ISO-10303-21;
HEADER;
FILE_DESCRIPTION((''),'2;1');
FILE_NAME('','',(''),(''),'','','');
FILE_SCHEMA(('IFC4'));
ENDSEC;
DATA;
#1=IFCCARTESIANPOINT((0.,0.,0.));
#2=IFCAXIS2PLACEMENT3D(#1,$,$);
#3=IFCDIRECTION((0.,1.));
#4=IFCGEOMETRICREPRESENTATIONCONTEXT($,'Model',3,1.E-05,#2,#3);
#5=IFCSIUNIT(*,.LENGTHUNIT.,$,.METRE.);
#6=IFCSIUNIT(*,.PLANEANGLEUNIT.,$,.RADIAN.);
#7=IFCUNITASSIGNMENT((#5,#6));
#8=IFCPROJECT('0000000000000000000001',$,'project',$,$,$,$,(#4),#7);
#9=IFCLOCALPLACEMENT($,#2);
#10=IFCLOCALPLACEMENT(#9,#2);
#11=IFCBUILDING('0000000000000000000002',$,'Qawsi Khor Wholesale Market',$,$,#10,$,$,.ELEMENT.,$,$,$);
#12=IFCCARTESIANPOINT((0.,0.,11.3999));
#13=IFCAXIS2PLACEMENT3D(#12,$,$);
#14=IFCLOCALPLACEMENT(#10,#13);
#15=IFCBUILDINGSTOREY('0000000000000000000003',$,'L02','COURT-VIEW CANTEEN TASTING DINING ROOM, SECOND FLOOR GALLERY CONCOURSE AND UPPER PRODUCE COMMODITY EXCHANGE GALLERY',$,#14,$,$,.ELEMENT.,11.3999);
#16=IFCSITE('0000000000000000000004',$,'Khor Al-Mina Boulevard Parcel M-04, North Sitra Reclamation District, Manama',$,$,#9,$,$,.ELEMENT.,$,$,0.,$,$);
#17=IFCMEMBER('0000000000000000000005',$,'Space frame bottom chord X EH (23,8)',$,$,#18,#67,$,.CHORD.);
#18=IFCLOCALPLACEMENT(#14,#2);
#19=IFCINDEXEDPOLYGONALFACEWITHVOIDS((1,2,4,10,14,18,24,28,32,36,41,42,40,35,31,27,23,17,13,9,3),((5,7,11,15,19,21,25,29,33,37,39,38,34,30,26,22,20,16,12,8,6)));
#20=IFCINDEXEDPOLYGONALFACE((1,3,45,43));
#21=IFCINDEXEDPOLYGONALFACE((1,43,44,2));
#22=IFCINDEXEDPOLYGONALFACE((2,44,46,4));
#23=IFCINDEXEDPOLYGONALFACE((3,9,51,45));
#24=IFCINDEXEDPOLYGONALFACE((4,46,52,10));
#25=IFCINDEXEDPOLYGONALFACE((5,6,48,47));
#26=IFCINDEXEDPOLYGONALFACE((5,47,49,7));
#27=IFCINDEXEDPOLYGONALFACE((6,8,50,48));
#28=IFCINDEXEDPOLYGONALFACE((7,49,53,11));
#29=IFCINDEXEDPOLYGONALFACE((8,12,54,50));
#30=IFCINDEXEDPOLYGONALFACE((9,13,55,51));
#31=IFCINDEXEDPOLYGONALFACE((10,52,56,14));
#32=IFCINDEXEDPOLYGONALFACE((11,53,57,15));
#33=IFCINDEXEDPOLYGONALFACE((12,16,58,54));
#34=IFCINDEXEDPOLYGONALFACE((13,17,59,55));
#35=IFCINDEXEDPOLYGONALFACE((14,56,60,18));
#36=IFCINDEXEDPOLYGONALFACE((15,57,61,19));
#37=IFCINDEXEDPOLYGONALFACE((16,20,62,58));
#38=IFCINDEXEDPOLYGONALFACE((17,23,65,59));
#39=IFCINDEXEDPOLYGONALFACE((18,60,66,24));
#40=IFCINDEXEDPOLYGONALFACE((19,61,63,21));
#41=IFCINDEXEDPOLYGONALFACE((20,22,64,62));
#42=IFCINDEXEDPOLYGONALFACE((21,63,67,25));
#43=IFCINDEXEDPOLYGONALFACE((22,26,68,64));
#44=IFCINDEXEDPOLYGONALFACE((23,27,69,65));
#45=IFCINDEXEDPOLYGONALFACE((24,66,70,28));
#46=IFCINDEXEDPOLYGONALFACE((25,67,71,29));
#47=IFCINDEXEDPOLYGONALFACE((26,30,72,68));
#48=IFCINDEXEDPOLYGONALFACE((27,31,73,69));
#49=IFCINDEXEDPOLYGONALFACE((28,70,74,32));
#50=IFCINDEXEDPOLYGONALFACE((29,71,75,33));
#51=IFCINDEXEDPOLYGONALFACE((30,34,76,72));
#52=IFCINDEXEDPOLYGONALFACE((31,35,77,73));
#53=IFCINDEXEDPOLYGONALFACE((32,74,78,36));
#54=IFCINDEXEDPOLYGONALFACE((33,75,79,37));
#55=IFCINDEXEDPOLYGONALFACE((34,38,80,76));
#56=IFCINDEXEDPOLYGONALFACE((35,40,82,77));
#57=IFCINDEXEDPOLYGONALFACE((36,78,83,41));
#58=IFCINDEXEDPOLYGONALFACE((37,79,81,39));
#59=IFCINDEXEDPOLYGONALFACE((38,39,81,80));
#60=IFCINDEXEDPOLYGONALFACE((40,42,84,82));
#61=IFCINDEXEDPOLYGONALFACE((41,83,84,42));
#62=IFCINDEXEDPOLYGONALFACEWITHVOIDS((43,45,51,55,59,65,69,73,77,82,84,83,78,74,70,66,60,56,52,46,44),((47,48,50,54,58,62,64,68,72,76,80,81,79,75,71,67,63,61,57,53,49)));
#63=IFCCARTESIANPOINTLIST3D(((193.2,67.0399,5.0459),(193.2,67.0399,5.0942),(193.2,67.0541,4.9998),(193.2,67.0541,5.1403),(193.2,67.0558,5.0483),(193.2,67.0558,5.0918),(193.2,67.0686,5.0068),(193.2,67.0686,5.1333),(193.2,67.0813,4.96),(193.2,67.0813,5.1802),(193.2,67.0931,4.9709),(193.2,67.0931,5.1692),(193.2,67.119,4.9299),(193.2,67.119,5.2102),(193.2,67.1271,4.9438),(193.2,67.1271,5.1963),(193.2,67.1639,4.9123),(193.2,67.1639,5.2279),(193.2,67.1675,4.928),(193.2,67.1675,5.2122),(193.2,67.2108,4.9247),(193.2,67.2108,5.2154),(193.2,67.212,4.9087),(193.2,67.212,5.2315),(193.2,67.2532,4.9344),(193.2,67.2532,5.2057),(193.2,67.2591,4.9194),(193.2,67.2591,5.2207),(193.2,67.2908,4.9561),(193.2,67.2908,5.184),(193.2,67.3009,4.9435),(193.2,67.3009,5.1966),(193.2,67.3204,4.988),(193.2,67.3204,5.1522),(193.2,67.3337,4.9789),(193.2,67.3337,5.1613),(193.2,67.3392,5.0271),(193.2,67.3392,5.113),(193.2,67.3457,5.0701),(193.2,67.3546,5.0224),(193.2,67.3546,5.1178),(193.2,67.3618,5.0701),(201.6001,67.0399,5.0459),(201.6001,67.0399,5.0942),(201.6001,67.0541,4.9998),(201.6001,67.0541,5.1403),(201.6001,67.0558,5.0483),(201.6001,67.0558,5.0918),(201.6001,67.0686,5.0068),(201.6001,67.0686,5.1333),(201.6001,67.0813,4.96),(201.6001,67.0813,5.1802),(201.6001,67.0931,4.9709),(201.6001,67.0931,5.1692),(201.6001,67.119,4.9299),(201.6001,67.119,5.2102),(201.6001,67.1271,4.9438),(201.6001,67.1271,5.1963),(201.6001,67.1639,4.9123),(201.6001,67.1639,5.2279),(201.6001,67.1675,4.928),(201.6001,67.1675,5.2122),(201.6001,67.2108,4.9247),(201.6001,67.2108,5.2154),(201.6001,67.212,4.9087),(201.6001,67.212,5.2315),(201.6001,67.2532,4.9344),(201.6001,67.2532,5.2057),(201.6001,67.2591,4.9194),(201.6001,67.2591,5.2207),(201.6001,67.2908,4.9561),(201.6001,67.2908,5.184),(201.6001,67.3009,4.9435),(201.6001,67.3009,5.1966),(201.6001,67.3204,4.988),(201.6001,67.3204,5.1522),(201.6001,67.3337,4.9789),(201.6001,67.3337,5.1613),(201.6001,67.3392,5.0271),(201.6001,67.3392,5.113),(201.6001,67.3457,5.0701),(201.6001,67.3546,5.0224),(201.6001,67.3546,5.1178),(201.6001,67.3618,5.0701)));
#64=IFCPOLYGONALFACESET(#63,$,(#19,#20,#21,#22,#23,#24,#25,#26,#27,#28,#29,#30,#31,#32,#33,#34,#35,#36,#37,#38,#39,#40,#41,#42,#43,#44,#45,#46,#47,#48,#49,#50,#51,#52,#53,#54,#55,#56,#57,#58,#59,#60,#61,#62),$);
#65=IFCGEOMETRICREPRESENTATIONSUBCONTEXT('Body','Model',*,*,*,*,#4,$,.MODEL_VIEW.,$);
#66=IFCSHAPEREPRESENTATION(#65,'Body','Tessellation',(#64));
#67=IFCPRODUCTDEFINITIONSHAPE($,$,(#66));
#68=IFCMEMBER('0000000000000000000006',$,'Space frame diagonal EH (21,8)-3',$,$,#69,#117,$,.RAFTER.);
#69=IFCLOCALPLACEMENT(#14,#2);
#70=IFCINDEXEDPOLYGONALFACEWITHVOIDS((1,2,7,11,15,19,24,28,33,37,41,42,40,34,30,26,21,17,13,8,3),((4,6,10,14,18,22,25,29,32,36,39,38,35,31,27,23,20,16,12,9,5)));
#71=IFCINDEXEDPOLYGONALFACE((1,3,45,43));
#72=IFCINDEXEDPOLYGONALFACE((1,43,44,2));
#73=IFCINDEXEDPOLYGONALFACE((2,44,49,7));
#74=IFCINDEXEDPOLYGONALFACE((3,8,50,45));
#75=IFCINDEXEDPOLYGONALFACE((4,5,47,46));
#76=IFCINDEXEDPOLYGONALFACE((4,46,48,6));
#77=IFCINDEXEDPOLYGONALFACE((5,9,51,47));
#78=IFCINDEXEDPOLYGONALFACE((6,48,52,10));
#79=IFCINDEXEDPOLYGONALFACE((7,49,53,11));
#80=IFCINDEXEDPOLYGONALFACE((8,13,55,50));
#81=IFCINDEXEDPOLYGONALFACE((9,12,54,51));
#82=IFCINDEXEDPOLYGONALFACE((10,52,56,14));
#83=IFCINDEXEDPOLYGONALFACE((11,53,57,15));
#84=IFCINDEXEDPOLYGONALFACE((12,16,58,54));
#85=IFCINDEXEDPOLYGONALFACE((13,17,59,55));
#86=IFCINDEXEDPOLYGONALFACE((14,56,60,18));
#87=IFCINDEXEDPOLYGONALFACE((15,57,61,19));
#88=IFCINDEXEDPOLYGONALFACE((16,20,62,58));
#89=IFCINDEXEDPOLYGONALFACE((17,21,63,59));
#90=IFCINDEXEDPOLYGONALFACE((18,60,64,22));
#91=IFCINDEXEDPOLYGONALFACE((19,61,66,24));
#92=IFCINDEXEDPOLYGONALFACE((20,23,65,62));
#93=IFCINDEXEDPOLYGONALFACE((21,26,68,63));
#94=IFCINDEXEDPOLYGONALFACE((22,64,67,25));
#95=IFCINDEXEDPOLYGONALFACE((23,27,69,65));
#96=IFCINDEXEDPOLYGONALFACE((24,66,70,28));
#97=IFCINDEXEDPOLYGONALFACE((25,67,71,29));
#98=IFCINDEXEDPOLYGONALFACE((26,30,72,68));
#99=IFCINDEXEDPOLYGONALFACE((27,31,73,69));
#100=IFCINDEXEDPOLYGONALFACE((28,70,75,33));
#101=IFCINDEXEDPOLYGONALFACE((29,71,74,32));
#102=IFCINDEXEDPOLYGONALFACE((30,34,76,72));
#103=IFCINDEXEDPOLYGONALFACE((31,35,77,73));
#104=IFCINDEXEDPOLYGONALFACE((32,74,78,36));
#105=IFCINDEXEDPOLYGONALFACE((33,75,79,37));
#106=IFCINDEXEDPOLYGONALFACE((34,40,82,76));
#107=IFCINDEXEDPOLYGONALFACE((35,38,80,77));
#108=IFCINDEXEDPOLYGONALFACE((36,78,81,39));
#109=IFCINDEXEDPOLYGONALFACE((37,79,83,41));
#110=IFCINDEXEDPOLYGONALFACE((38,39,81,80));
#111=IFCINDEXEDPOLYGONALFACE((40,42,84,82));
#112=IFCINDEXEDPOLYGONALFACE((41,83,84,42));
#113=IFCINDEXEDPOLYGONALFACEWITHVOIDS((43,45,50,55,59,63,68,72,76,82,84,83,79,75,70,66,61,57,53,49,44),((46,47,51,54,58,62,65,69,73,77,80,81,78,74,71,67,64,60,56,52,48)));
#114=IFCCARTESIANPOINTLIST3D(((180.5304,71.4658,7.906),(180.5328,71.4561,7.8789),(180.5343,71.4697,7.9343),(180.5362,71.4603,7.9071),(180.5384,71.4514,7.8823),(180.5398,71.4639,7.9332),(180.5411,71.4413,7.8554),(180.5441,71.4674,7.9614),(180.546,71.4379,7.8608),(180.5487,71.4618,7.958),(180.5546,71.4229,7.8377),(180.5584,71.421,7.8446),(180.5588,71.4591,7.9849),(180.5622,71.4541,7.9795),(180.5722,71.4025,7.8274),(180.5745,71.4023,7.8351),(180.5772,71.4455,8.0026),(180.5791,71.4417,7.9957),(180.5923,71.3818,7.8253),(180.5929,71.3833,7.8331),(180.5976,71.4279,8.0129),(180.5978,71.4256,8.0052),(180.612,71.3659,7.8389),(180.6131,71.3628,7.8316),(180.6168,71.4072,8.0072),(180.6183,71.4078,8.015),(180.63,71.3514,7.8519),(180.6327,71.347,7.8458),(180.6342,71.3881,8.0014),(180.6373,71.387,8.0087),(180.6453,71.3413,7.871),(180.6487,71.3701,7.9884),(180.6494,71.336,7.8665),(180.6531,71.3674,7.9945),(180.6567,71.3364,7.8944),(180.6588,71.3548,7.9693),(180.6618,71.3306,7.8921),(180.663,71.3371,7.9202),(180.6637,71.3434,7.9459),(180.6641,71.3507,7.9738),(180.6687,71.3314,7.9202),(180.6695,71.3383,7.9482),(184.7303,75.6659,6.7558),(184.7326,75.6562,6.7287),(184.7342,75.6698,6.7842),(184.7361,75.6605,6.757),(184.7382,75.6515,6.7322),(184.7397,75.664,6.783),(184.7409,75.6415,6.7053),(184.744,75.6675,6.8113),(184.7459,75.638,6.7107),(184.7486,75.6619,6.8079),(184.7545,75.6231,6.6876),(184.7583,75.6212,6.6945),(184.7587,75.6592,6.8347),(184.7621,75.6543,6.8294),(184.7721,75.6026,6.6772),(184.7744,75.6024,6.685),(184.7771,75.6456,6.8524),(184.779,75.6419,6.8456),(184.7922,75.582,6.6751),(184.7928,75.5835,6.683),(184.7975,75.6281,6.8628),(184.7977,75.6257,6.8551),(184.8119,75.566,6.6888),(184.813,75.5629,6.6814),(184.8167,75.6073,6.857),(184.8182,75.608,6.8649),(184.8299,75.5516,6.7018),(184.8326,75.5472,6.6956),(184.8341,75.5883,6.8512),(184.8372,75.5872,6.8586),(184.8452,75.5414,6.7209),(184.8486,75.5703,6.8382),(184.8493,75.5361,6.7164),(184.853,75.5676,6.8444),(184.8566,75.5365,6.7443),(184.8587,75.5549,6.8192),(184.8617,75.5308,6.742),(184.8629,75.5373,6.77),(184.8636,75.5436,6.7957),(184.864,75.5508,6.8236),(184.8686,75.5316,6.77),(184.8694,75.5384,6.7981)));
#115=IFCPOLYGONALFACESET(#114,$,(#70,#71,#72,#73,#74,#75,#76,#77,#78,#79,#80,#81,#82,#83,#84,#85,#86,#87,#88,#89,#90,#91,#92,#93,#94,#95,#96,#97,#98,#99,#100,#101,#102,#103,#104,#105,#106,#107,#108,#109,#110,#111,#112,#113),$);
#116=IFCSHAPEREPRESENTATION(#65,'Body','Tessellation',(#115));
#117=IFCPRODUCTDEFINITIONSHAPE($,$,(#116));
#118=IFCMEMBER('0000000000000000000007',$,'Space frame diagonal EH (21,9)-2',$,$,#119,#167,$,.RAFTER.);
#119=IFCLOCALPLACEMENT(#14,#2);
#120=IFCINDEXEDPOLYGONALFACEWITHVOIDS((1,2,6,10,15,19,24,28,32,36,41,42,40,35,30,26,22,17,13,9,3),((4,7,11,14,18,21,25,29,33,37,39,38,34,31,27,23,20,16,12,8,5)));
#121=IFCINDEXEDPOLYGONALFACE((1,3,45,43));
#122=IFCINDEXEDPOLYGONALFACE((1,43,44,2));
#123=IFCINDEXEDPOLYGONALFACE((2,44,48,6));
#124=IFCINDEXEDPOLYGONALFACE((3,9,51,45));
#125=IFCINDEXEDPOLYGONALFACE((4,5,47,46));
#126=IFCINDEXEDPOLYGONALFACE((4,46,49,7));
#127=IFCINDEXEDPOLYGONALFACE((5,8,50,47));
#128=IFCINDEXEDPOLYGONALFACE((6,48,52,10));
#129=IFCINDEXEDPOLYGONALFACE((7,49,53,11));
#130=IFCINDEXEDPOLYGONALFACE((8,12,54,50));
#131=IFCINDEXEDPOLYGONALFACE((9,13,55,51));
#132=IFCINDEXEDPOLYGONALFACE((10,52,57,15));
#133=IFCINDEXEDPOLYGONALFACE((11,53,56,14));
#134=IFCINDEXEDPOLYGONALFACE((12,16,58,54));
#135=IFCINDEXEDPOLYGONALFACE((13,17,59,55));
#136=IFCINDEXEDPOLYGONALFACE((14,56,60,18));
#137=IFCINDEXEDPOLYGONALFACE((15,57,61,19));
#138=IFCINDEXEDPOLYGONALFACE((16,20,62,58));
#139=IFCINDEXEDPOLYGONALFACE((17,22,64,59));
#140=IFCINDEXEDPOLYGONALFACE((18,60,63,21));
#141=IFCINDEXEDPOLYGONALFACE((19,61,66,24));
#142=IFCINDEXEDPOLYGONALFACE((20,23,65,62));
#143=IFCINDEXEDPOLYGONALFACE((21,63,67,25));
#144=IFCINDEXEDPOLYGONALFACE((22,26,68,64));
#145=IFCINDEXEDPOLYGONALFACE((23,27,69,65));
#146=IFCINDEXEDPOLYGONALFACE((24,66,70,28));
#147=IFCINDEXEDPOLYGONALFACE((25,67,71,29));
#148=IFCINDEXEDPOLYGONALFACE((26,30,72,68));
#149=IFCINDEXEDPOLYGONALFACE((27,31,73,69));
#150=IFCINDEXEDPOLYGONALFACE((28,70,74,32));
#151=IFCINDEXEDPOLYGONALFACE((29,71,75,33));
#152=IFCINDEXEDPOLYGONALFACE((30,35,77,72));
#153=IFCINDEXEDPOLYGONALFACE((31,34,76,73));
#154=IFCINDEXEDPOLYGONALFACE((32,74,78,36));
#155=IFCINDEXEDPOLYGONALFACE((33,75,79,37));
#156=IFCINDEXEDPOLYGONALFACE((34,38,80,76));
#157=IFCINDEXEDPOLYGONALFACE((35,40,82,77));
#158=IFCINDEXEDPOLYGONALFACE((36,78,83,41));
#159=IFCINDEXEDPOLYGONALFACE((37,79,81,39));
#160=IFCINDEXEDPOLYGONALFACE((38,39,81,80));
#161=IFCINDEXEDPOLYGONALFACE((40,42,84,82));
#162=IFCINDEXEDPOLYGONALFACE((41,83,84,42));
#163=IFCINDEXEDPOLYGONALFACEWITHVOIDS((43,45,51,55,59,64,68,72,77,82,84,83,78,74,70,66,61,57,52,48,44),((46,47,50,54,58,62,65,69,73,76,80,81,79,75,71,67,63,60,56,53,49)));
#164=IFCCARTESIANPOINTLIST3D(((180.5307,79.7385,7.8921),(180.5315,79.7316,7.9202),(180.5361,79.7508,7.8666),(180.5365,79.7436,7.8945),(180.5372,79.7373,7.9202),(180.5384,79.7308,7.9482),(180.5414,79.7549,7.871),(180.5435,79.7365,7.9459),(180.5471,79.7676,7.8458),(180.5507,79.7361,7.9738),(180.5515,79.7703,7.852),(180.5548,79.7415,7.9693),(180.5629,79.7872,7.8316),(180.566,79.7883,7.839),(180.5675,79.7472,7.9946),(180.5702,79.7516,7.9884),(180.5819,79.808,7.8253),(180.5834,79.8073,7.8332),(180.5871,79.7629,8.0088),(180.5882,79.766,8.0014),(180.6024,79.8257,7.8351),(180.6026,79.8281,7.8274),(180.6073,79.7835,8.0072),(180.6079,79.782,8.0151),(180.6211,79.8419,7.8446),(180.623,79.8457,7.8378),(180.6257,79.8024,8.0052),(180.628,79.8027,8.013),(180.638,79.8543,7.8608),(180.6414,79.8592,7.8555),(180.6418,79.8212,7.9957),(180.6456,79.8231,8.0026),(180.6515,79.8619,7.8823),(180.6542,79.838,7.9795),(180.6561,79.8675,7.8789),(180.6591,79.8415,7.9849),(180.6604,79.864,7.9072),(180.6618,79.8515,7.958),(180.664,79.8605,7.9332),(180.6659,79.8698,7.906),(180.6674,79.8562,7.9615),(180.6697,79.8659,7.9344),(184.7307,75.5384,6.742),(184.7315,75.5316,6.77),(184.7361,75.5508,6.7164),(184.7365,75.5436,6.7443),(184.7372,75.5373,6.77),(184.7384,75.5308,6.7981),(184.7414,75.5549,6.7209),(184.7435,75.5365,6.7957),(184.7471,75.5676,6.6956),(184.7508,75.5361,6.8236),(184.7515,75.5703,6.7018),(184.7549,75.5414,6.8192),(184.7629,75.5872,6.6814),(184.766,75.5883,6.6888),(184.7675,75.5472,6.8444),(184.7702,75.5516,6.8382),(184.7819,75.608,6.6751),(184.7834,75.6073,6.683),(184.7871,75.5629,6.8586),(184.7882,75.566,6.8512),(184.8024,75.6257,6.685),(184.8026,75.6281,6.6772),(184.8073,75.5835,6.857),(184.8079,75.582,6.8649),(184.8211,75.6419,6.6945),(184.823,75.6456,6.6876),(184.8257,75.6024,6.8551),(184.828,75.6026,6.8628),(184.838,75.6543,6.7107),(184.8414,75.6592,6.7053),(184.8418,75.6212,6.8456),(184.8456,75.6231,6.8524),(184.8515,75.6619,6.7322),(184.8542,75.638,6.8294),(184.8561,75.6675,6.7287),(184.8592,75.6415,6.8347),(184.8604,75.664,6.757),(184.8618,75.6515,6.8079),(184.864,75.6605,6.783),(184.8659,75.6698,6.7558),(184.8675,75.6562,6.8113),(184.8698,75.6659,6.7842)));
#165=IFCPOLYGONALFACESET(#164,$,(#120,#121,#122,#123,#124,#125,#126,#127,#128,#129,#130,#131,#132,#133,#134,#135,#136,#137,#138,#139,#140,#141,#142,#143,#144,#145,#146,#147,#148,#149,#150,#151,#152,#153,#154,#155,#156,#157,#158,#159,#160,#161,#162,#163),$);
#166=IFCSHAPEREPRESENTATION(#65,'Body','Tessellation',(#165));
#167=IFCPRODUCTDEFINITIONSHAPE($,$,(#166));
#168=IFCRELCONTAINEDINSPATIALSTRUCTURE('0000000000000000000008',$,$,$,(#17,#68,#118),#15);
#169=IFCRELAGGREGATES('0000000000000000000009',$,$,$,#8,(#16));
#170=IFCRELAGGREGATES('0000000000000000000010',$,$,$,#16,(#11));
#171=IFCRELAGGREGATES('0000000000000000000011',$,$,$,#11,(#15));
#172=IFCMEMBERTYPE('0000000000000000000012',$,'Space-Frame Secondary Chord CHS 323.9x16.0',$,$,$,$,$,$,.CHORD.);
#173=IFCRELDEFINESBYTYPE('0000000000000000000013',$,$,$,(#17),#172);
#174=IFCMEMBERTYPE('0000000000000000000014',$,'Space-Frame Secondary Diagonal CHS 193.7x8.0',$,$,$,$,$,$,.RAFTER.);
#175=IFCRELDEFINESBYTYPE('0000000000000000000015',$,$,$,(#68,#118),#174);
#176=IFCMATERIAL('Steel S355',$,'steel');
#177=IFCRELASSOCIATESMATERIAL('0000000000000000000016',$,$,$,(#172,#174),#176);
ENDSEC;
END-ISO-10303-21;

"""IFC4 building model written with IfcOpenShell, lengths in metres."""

from ifc_helpers import new_model, si_unit, direction, frame, origin, origin_2d, place, context, subcontext, project, spatial, hollow_circle, extrude, material, material_profile, profile_set, type_object, element, save


model = new_model("IFC4")

# Units and contexts
model_context = context("Model", 3, precision=1e-05, world=origin(), true_north=direction((0.0, 1.0)))
body_context = subcontext(model_context, "Body", "Model", "MODEL_VIEW")
ifc_project = project(units=[si_unit("LENGTHUNIT", "METRE"), si_unit("PLANEANGLEUNIT", "RADIAN")], contexts=[model_context])

# Site, building, storey
site_placement = place(None, origin())
site = spatial("IfcSite", under=ifc_project, at=site_placement, Name="Khor Al-Mina Boulevard Parcel M-04, North Sitra Reclamation District, Manama", CompositionType="ELEMENT", RefElevation=0.0)
building_placement = place(site_placement, origin())
building = spatial("IfcBuilding", under=site, at=building_placement, Name="Qawsi Khor Wholesale Market", CompositionType="ELEMENT")
storey_placement = place(building_placement, frame((0.0, 0.0, 11.3999)))
storey = spatial("IfcBuildingStorey", under=building, at=storey_placement, Name="L02", Description="COURT-VIEW CANTEEN TASTING DINING ROOM, SECOND FLOOR GALLERY CONCOURSE AND UPPER PRODUCE COMMODITY EXCHANGE GALLERY", CompositionType="ELEMENT", Elevation=11.3999)

# Members
ifc_material_1 = material(Name="Steel S355", Category="steel")
ifc_material_profile_1 = material_profile(ifc_material_1, hollow_circle(Radius=0.1619, WallThickness=0.0161, at=origin_2d()), Name="CHS 323.9x16.0")
ifc_profile_set_1 = profile_set([ifc_material_profile_1], Name="Steel S355")
member_type_1 = type_object("IfcMemberType", Name="Space-Frame Secondary Chord CHS 323.9x16.0", PredefinedType="CHORD", material=ifc_profile_set_1)
member_1_placement = place(storey_placement, frame((193.2, 67.2, 5.0701), z_axis=(1.0, 0.0, 0.0), x_axis=(0.0, 1.0, 0.0)))
element("IfcMember", 1, at=member_1_placement, inside=storey, type_object=member_type_1, Name="Space frame bottom chord X EH (23,8)", PredefinedType="CHORD", context=body_context, shape_type="SweptSolid", body=[
    extrude(hollow_circle(Radius=0.1619, WallThickness=0.0161, at=origin_2d()), origin(), (0.0, 0.0, 1.0), 8.4001),
])
ifc_material_profile_2 = material_profile(ifc_material_1, hollow_circle(Radius=0.0969, WallThickness=0.0081, at=origin_2d()), Name="CHS 193.7x8.0")
ifc_profile_set_2 = profile_set([ifc_material_profile_2], Name="Steel S355")
member_type_2 = type_object("IfcMemberType", Name="Space-Frame Secondary Diagonal CHS 193.7x8.0", PredefinedType="RAFTER", material=ifc_profile_set_2)
for number, where, z_axis, x_axis, name in (
    (2, (184.8, 75.6001, 6.77), (-0.694192, -0.694232, 0.190103), (0.707127, -0.707086, 0.0), "Space frame diagonal EH (21,8)-3"),
    (3, (184.8, 75.6001, 6.77), (-0.694211, 0.694211, 0.190108), (-0.707107, -0.707107, 0.0), "Space frame diagonal EH (21,9)-2"),
):
    element("IfcMember", number, at=place(storey_placement, frame(where, z_axis=z_axis, x_axis=x_axis)), inside=storey, type_object=member_type_2, Name=name, PredefinedType="RAFTER", context=body_context, shape_type="SweptSolid", body=[
        extrude(hollow_circle(Radius=0.0969, WallThickness=0.0081, at=origin_2d()), origin(), (0.0, 0.0, 1.0), 6.05),
    ])

save(model, "model.ifc")
